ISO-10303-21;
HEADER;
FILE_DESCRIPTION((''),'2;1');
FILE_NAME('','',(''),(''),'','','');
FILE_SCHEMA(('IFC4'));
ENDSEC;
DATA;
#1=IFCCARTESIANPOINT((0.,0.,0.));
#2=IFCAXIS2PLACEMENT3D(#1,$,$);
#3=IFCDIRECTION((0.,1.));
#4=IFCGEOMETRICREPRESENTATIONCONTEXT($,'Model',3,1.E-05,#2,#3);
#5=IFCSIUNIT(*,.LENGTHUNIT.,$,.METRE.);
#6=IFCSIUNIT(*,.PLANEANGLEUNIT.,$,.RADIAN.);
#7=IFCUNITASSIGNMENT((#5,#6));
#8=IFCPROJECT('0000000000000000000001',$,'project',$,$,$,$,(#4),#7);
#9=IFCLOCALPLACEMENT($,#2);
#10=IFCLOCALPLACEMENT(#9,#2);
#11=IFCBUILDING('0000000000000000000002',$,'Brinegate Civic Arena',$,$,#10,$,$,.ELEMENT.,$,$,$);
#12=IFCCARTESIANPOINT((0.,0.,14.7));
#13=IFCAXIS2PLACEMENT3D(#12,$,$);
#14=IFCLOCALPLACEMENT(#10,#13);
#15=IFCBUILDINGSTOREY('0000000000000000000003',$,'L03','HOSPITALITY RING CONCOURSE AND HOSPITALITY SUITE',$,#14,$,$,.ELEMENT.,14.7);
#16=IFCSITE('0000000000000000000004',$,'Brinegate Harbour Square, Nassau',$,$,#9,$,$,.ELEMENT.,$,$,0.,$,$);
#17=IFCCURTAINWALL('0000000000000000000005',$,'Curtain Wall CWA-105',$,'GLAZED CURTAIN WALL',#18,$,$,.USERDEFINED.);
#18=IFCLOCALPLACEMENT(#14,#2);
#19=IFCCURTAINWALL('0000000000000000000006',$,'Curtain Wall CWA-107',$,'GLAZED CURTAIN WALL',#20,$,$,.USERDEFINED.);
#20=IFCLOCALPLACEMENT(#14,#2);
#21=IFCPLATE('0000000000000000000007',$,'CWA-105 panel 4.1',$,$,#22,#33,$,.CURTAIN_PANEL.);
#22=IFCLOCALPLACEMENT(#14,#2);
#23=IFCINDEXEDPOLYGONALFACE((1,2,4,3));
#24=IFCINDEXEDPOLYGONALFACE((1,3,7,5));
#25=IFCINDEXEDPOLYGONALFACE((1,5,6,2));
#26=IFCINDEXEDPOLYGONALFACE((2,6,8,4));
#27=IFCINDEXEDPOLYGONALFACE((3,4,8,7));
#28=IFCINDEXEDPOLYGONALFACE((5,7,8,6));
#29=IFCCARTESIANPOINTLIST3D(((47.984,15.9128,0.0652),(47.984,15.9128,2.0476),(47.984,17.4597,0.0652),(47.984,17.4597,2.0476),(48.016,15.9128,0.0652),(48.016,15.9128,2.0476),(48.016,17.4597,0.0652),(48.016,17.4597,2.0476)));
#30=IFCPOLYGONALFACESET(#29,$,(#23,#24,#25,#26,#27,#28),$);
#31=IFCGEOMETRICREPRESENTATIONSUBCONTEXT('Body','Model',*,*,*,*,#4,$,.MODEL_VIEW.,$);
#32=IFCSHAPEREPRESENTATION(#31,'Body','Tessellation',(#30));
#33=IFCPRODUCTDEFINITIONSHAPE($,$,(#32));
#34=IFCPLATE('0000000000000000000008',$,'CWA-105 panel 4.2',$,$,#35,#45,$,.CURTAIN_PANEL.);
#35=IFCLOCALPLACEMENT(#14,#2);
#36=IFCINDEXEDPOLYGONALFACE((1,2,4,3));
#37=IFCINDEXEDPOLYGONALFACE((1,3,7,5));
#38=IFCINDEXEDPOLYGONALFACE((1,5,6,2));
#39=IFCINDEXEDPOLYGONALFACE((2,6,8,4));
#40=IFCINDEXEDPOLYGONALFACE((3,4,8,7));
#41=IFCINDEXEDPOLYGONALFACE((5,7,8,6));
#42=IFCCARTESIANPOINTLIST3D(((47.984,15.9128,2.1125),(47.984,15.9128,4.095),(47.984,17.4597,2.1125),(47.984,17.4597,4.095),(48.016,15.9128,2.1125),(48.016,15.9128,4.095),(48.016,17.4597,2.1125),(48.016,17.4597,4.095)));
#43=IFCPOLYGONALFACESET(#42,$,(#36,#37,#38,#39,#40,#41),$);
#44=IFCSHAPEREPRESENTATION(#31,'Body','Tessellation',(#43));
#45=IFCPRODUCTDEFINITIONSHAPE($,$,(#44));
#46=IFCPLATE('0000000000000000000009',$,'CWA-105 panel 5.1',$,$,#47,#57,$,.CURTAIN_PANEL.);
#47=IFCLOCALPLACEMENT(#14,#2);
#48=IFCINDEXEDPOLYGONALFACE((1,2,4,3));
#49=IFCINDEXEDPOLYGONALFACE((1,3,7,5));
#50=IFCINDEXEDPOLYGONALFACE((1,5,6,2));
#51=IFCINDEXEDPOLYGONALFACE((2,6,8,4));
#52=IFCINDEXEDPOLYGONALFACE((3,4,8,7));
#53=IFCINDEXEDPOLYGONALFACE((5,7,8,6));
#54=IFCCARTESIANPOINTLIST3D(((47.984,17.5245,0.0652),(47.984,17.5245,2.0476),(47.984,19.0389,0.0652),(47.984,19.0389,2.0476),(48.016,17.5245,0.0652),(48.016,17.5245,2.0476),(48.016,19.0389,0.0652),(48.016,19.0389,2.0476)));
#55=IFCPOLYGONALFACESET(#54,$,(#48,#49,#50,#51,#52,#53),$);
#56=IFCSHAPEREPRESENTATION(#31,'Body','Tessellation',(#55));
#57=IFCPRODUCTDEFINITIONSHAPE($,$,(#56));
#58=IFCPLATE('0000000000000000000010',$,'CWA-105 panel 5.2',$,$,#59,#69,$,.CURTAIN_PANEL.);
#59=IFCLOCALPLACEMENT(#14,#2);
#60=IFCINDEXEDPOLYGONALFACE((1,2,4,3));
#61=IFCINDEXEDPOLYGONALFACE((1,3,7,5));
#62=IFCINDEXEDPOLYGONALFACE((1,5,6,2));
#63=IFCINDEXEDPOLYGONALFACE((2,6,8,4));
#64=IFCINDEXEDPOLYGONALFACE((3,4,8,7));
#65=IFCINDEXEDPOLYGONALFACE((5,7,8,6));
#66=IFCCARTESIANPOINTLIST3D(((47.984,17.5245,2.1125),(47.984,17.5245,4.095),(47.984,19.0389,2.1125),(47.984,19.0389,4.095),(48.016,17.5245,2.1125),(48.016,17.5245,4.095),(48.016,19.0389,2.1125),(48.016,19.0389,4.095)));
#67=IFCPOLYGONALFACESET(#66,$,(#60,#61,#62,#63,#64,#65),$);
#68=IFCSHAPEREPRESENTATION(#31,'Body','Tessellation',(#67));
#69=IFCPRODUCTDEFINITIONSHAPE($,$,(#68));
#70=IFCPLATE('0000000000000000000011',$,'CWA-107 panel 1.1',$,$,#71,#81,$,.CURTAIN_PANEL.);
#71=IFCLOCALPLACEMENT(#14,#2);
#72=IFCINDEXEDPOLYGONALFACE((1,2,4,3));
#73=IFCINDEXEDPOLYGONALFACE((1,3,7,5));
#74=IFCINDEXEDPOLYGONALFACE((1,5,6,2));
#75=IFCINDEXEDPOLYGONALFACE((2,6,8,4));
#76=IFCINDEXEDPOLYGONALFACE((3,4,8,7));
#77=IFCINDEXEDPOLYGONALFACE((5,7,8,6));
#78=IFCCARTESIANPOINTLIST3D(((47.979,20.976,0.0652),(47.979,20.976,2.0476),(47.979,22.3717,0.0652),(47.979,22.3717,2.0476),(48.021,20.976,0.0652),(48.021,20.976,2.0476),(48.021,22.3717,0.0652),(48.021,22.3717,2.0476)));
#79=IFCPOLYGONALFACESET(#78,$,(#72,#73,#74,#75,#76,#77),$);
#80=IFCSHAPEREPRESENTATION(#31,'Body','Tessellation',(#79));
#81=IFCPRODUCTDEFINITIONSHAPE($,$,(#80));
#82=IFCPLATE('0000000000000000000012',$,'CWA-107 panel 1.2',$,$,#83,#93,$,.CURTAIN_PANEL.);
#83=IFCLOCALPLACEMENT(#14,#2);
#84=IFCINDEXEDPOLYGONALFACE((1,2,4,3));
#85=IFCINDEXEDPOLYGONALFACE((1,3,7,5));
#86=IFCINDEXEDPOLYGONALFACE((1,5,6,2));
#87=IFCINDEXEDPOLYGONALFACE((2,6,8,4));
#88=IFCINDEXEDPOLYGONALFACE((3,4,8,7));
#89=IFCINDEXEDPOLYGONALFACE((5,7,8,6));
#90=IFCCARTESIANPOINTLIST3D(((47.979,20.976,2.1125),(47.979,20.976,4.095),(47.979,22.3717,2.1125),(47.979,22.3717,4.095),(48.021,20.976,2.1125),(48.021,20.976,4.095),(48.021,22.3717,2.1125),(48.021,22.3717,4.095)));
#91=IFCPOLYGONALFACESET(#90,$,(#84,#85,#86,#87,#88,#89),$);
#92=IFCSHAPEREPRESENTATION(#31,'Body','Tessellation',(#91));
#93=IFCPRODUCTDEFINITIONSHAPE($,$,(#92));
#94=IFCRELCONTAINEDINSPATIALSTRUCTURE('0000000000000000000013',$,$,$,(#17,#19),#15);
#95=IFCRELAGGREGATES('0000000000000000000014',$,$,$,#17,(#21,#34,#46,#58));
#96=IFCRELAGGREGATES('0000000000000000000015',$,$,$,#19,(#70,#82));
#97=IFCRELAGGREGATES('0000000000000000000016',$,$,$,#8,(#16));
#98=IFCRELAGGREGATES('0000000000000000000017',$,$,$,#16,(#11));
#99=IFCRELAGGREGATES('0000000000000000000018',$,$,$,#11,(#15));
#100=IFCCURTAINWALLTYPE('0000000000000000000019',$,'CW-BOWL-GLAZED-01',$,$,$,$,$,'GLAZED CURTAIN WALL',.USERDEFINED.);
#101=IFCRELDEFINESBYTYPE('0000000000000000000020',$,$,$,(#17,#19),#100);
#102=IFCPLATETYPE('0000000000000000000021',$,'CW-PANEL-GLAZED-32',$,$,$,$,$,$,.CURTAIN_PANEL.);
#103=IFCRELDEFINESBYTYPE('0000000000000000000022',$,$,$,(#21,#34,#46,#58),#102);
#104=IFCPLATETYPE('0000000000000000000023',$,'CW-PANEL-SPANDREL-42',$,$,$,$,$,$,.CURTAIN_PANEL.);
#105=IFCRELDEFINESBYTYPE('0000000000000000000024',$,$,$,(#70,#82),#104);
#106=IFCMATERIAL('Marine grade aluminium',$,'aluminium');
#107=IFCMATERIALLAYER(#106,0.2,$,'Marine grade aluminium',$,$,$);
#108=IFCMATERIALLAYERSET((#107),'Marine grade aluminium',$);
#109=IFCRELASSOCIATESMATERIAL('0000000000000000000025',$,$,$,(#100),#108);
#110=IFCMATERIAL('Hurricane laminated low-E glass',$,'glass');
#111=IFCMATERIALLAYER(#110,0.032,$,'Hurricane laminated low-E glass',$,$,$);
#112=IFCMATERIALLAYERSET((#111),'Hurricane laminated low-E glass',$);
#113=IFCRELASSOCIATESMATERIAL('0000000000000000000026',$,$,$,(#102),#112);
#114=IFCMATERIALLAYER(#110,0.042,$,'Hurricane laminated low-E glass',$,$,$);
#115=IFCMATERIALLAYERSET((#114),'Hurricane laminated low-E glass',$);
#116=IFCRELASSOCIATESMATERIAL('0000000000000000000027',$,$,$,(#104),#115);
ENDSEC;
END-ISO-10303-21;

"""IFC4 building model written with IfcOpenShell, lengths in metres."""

from ifc_helpers import new_model, si_unit, direction, frame, origin, origin_2d, place, context, subcontext, project, spatial, rectangle, extrude, material, layer, layer_set, type_object, element, aggregate, save


model = new_model("IFC4")

# Units and contexts
model_context = context("Model", 3, precision=1e-05, world=origin(), true_north=direction((0.0, 1.0)))
body_context = subcontext(model_context, "Body", "Model", "MODEL_VIEW")
ifc_project = project(units=[si_unit("LENGTHUNIT", "METRE"), si_unit("PLANEANGLEUNIT", "RADIAN")], contexts=[model_context])

# Site, building, storey
site_placement = place(None, origin())
site = spatial("IfcSite", under=ifc_project, at=site_placement, Name="Brinegate Harbour Square, Nassau", CompositionType="ELEMENT", RefElevation=0.0)
building_placement = place(site_placement, origin())
building = spatial("IfcBuilding", under=site, at=building_placement, Name="Brinegate Civic Arena", CompositionType="ELEMENT")
storey_placement = place(building_placement, frame((0.0, 0.0, 14.7)))
storey = spatial("IfcBuildingStorey", under=building, at=storey_placement, Name="L03", Description="HOSPITALITY RING CONCOURSE AND HOSPITALITY SUITE", CompositionType="ELEMENT", Elevation=14.7)

# Curtain walls
ifc_material_1 = material(Name="Marine grade aluminium", Category="aluminium")
ifc_layer_1 = layer(ifc_material_1, 0.2, Name="Marine grade aluminium")
ifc_layer_set_1 = layer_set([ifc_layer_1], Name="Marine grade aluminium")
curtain_wall_type = type_object("IfcCurtainWallType", Name="CW-BOWL-GLAZED-01", ElementType="GLAZED CURTAIN WALL", PredefinedType="USERDEFINED", material=ifc_layer_set_1)
curtain_wall_1_placement = place(storey_placement, origin())
curtain_wall_1 = element("IfcCurtainWall", 1, at=curtain_wall_1_placement, inside=storey, type_object=curtain_wall_type, Name="Curtain Wall CWA-105", ObjectType="GLAZED CURTAIN WALL", PredefinedType="USERDEFINED")
curtain_wall_2_placement = place(storey_placement, origin())
curtain_wall_2 = element("IfcCurtainWall", 2, at=curtain_wall_2_placement, inside=storey, type_object=curtain_wall_type, Name="Curtain Wall CWA-107", ObjectType="GLAZED CURTAIN WALL", PredefinedType="USERDEFINED")

# Plates
ifc_material_2 = material(Name="Hurricane laminated low-E glass", Category="glass")
ifc_layer_2 = layer(ifc_material_2, 0.032, Name="Hurricane laminated low-E glass")
ifc_layer_set_2 = layer_set([ifc_layer_2], Name="Hurricane laminated low-E glass")
plate_type_1 = type_object("IfcPlateType", Name="CW-PANEL-GLAZED-32", PredefinedType="CURTAIN_PANEL", material=ifc_layer_set_2)
plate_1_placement = place(storey_placement, frame((48.0, 16.6863, 0.0652), z_axis=(0.0, 0.0, 1.0), x_axis=(0.0, 1.0, 0.0)))
plate_1 = element("IfcPlate", 3, at=plate_1_placement, type_object=plate_type_1, Name="CWA-105 panel 4.1", PredefinedType="CURTAIN_PANEL", context=body_context, shape_type="SweptSolid", body=[
    extrude(rectangle(XDim=1.5469, YDim=0.032, at=origin_2d()), origin(), (0.0, 0.0, 1.0), 1.9824),
])
plate_2_placement = place(storey_placement, frame((48.0, 16.6863, 2.1125), z_axis=(0.0, 0.0, 1.0), x_axis=(0.0, 1.0, 0.0)))
plate_2 = element("IfcPlate", 4, at=plate_2_placement, type_object=plate_type_1, Name="CWA-105 panel 4.2", PredefinedType="CURTAIN_PANEL", context=body_context, shape_type="SweptSolid", body=[
    extrude(rectangle(XDim=1.5469, YDim=0.032, at=origin_2d()), origin(), (0.0, 0.0, 1.0), 1.9824),
])
plate_3_placement = place(storey_placement, frame((48.0, 18.2817, 0.0652), z_axis=(0.0, 0.0, 1.0), x_axis=(0.0, 1.0, 0.0)))
plate_3 = element("IfcPlate", 5, at=plate_3_placement, type_object=plate_type_1, Name="CWA-105 panel 5.1", PredefinedType="CURTAIN_PANEL", context=body_context, shape_type="SweptSolid", body=[
    extrude(rectangle(XDim=1.5144, YDim=0.032, at=origin_2d()), origin(), (0.0, 0.0, 1.0), 1.9824),
])
plate_4_placement = place(storey_placement, frame((48.0, 18.2817, 2.1125), z_axis=(0.0, 0.0, 1.0), x_axis=(0.0, 1.0, 0.0)))
plate_4 = element("IfcPlate", 6, at=plate_4_placement, type_object=plate_type_1, Name="CWA-105 panel 5.2", PredefinedType="CURTAIN_PANEL", context=body_context, shape_type="SweptSolid", body=[
    extrude(rectangle(XDim=1.5144, YDim=0.032, at=origin_2d()), origin(), (0.0, 0.0, 1.0), 1.9824),
])
aggregate(curtain_wall_1, [plate_1, plate_2, plate_3, plate_4])
ifc_layer_3 = layer(ifc_material_2, 0.042, Name="Hurricane laminated low-E glass")
ifc_layer_set_3 = layer_set([ifc_layer_3], Name="Hurricane laminated low-E glass")
plate_type_2 = type_object("IfcPlateType", Name="CW-PANEL-SPANDREL-42", PredefinedType="CURTAIN_PANEL", material=ifc_layer_set_3)
plate_5_placement = place(storey_placement, frame((48.0, 21.6738, 0.0652), z_axis=(0.0, 0.0, 1.0), x_axis=(0.0, 1.0, 0.0)))
plate_5 = element("IfcPlate", 7, at=plate_5_placement, type_object=plate_type_2, Name="CWA-107 panel 1.1", PredefinedType="CURTAIN_PANEL", context=body_context, shape_type="SweptSolid", body=[
    extrude(rectangle(XDim=1.3958, YDim=0.042, at=origin_2d()), origin(), (0.0, 0.0, 1.0), 1.9824),
])
plate_6_placement = place(storey_placement, frame((48.0, 21.6738, 2.1125), z_axis=(0.0, 0.0, 1.0), x_axis=(0.0, 1.0, 0.0)))
plate_6 = element("IfcPlate", 8, at=plate_6_placement, type_object=plate_type_2, Name="CWA-107 panel 1.2", PredefinedType="CURTAIN_PANEL", context=body_context, shape_type="SweptSolid", body=[
    extrude(rectangle(XDim=1.3958, YDim=0.042, at=origin_2d()), origin(), (0.0, 0.0, 1.0), 1.9824),
])
aggregate(curtain_wall_2, [plate_5, plate_6])

save(model, "model.ifc")
